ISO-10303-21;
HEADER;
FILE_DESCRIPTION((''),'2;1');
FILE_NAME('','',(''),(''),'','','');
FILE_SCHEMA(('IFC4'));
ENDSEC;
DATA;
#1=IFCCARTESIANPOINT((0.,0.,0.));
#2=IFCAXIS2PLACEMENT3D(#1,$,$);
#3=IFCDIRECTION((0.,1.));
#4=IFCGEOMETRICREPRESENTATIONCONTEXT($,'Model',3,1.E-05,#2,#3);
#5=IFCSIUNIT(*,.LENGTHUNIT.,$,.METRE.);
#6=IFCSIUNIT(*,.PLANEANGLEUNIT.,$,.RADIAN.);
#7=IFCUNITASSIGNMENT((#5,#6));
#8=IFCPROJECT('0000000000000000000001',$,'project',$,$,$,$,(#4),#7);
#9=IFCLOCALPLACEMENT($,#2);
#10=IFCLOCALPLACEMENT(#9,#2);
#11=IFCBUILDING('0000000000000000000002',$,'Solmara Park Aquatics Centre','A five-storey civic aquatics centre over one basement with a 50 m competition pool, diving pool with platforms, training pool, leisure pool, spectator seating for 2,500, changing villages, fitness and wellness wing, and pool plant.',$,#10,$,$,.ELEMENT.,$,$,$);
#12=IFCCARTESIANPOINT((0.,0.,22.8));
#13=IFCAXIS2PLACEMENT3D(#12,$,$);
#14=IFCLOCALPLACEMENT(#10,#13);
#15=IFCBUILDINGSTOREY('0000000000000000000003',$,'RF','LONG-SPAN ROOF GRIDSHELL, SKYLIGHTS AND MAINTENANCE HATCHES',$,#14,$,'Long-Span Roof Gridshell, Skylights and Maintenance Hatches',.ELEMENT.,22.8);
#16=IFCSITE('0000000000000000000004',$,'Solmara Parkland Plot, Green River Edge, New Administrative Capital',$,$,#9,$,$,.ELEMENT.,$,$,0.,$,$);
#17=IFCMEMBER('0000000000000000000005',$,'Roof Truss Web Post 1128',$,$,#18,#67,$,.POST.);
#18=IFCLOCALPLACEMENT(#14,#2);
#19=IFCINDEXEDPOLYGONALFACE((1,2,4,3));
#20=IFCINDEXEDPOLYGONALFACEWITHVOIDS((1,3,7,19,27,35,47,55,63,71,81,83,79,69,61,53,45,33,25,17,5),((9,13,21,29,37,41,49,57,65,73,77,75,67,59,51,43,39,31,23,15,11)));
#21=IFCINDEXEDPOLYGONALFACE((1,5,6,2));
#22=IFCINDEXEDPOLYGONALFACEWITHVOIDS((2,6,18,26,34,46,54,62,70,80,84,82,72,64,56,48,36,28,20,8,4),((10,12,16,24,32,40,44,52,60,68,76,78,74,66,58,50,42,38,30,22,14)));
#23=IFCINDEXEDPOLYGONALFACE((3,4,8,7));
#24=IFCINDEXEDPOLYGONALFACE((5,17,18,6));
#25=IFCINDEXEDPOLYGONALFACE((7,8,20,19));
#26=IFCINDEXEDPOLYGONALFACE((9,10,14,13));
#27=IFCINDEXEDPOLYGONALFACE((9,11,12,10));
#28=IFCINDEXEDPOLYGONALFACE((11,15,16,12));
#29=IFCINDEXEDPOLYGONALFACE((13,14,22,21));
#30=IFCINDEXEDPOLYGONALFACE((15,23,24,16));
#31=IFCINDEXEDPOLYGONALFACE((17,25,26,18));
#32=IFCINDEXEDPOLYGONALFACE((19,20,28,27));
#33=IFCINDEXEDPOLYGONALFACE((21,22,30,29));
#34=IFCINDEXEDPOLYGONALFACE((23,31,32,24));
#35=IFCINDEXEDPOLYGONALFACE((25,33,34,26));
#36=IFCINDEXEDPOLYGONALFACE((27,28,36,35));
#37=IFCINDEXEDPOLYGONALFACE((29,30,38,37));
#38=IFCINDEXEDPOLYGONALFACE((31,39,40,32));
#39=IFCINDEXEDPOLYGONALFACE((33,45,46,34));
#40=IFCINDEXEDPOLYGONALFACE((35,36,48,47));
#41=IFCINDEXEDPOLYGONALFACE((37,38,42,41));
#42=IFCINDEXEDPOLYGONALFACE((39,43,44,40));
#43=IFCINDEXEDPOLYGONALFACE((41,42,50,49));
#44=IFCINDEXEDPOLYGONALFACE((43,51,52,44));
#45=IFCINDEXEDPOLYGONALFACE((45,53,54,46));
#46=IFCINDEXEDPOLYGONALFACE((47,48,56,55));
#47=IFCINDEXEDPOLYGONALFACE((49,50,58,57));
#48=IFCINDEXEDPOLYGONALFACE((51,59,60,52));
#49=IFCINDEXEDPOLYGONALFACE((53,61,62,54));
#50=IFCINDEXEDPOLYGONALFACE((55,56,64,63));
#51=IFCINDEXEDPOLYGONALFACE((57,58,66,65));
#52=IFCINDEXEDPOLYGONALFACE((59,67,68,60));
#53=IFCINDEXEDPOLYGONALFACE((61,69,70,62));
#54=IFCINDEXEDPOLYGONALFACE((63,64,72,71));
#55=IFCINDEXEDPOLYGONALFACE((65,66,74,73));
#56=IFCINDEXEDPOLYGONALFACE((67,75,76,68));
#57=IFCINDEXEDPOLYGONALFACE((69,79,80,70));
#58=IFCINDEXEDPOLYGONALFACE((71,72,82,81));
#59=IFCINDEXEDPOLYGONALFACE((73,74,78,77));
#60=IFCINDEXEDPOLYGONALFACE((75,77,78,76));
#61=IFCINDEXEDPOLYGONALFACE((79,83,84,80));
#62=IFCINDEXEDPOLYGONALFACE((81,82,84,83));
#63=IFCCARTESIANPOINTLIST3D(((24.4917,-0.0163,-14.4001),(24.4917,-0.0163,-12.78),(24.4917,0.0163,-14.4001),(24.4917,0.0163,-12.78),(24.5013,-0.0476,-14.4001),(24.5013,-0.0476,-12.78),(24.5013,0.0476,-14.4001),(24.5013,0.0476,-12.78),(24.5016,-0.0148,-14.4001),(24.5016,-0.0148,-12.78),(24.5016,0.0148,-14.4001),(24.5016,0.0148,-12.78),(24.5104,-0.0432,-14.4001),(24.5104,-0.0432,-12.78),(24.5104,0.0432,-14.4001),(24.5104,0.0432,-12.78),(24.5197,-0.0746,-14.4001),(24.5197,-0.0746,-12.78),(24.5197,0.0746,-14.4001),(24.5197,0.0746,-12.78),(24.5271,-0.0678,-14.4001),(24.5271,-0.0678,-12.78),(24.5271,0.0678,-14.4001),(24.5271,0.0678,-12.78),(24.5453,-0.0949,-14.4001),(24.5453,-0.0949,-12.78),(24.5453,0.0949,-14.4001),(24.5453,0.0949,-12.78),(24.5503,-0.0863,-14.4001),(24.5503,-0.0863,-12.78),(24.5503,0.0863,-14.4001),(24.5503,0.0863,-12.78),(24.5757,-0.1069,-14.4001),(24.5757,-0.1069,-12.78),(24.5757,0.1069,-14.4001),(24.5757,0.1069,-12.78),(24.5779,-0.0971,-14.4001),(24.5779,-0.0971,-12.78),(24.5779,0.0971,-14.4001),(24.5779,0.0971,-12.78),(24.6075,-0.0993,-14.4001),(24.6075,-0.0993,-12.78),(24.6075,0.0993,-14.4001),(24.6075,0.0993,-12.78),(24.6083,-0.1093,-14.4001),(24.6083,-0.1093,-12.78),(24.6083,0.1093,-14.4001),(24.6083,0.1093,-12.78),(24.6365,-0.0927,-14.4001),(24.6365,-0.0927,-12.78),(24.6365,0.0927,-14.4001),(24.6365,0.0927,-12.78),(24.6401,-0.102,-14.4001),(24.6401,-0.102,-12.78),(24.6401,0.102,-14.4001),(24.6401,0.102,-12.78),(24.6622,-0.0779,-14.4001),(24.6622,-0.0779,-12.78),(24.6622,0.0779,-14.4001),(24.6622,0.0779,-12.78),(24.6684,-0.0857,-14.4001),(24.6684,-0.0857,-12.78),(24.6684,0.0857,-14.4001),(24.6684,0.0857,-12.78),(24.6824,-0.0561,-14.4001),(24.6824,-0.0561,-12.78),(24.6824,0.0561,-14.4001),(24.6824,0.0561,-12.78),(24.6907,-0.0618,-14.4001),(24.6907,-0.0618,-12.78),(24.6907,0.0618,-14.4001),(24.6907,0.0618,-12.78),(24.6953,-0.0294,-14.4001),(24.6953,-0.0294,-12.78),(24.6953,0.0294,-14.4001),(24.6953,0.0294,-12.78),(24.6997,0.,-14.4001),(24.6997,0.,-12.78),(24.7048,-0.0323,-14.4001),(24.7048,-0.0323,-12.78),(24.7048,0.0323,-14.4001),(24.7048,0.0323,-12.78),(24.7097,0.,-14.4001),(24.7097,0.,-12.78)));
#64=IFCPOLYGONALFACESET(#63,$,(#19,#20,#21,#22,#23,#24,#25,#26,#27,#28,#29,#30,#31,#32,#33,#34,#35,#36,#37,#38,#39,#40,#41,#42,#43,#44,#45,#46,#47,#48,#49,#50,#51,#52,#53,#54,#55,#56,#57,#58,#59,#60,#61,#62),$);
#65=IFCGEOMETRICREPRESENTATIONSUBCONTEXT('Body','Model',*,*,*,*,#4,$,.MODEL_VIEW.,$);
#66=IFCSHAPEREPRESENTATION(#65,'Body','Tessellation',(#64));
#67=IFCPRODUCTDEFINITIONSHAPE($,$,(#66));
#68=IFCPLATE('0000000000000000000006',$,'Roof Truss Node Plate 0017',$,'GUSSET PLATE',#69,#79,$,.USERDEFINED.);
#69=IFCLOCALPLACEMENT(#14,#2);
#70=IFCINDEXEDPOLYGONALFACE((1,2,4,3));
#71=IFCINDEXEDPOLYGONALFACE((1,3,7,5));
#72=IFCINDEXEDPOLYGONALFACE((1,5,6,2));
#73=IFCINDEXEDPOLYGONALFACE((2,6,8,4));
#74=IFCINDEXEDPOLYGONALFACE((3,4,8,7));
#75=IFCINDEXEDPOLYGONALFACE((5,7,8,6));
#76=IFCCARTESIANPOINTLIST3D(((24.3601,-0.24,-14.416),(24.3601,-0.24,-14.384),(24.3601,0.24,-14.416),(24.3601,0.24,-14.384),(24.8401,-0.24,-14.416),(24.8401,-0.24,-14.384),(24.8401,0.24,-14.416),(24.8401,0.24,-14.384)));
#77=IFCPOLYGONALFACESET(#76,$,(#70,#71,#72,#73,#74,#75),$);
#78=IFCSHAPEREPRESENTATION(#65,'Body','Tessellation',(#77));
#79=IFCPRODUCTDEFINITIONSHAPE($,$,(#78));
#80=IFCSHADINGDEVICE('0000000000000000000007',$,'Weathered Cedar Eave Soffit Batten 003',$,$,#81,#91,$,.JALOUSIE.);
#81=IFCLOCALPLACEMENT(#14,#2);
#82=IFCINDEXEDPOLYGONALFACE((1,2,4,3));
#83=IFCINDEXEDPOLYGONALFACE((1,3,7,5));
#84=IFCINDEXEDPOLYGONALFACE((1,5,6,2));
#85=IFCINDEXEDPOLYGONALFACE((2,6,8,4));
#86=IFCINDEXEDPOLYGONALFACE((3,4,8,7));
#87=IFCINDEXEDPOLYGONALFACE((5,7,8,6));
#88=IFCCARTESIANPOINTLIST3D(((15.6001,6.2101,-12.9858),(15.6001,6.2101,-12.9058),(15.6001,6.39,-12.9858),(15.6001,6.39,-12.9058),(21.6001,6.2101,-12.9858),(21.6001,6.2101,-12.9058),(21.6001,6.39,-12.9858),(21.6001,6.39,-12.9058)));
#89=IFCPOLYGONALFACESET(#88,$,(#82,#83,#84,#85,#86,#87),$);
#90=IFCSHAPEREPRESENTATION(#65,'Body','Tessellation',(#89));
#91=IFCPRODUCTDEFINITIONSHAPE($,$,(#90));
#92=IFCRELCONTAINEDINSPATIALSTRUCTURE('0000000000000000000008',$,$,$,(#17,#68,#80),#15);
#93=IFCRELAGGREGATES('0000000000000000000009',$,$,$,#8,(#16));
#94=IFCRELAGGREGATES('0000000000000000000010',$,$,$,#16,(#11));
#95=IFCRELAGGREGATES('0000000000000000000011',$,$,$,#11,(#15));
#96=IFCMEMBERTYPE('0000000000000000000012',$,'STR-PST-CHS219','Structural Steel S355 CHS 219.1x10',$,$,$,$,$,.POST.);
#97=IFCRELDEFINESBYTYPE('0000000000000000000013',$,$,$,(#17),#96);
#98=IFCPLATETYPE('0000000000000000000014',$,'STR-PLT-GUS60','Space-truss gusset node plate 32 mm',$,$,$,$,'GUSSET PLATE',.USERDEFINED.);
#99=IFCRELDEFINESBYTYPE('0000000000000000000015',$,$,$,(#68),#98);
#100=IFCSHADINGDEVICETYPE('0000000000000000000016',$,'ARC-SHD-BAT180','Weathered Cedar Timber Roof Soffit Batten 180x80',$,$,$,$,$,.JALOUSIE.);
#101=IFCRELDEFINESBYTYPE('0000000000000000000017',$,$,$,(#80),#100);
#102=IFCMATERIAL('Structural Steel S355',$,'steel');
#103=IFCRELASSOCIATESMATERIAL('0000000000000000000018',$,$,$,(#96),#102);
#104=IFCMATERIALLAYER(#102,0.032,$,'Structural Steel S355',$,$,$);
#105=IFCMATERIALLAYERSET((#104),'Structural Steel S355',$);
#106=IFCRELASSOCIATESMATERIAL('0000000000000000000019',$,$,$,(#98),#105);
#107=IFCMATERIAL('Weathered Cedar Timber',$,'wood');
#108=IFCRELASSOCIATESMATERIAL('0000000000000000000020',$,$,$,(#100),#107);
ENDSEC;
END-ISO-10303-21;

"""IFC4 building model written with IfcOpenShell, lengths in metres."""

from ifc_helpers import new_model, si_unit, direction, frame, origin, origin_2d, place, context, subcontext, project, spatial, rectangle, hollow_circle, extrude, material, layer, layer_set, material_profile, profile_set, type_object, element, save


model = new_model("IFC4")

# Units and contexts
model_context = context("Model", 3, precision=1e-05, world=origin(), true_north=direction((0.0, 1.0)))
body_context = subcontext(model_context, "Body", "Model", "MODEL_VIEW")
ifc_project = project(units=[si_unit("LENGTHUNIT", "METRE"), si_unit("PLANEANGLEUNIT", "RADIAN")], contexts=[model_context])

# Site, building, storey
site_placement = place(None, origin())
site = spatial("IfcSite", under=ifc_project, at=site_placement, Name="Solmara Parkland Plot, Green River Edge, New Administrative Capital", CompositionType="ELEMENT", RefElevation=0.0)
building_placement = place(site_placement, origin())
building = spatial("IfcBuilding", under=site, at=building_placement, Name="Solmara Park Aquatics Centre", Description="A five-storey civic aquatics centre over one basement with a 50 m competition pool, diving pool with platforms, training pool, leisure pool, spectator seating for 2,500, changing villages, fitness and wellness wing, and pool plant.", CompositionType="ELEMENT")
storey_placement = place(building_placement, frame((0.0, 0.0, 22.8)))
storey = spatial("IfcBuildingStorey", under=building, at=storey_placement, Name="RF", Description="LONG-SPAN ROOF GRIDSHELL, SKYLIGHTS AND MAINTENANCE HATCHES", LongName="Long-Span Roof Gridshell, Skylights and Maintenance Hatches", CompositionType="ELEMENT", Elevation=22.8)

# Member
ifc_material_1 = material(Name="Structural Steel S355", Category="steel")
ifc_material_profile_1 = material_profile(ifc_material_1, hollow_circle(Radius=0.1096, WallThickness=0.01, at=origin_2d()), Name="CHS 219.1x10")
ifc_profile_set_1 = profile_set([ifc_material_profile_1], Name="Structural Steel S355")
member_type_1 = type_object("IfcMemberType", Name="STR-PST-CHS219", Description="Structural Steel S355 CHS 219.1x10", PredefinedType="POST", material=ifc_profile_set_1)
for number, where, z_axis, x_axis, name in (
    (1, (24.6001, 0.0, -14.4001), (0.0, 0.0, 1.0), (1.0, 0.0, 0.0), "Roof Truss Web Post 1128"),
):
    element("IfcMember", number, at=place(storey_placement, frame(where, z_axis=z_axis, x_axis=x_axis)), inside=storey, type_object=member_type_1, Name=name, PredefinedType="POST", context=body_context, shape_type="SweptSolid", body=[
        extrude(hollow_circle(Radius=0.1096, WallThickness=0.01, at=origin_2d()), origin(), (0.0, 0.0, 1.0), 1.6201),
    ])

# Plate
ifc_layer = layer(ifc_material_1, 0.032, Name="Structural Steel S355")
ifc_layer_set = layer_set([ifc_layer], Name="Structural Steel S355")
plate_type = type_object("IfcPlateType", Name="STR-PLT-GUS60", Description="Space-truss gusset node plate 32 mm", ElementType="GUSSET PLATE", PredefinedType="USERDEFINED", material=ifc_layer_set)
plate_placement = place(storey_placement, frame((24.6001, 0.0, -14.416), z_axis=(0.0, 0.0, 1.0), x_axis=(1.0, 0.0, 0.0)))
element("IfcPlate", 2, at=plate_placement, inside=storey, type_object=plate_type, Name="Roof Truss Node Plate 0017", ObjectType="GUSSET PLATE", PredefinedType="USERDEFINED", context=body_context, shape_type="SweptSolid", body=[
    extrude(rectangle(XDim=0.48, YDim=0.48, at=origin_2d()), origin(), (0.0, 0.0, 1.0), 0.032),
])

# Shading device
ifc_material_2 = material(Name="Weathered Cedar Timber", Category="wood")
shading_device_type = type_object("IfcShadingDeviceType", Name="ARC-SHD-BAT180", Description="Weathered Cedar Timber Roof Soffit Batten 180x80", PredefinedType="JALOUSIE", material=ifc_material_2)
shading_device_placement = place(storey_placement, frame((18.6001, 6.3, -12.9858), z_axis=(0.0, 0.0, 1.0), x_axis=(1.0, 0.0, 0.0)))
element("IfcShadingDevice", 3, at=shading_device_placement, inside=storey, type_object=shading_device_type, Name="Weathered Cedar Eave Soffit Batten 003", PredefinedType="JALOUSIE", context=body_context, shape_type="SweptSolid", body=[
    extrude(rectangle(XDim=6.0, YDim=0.1799, at=origin_2d()), origin(), (0.0, 0.0, 1.0), 0.0801),
])

save(model, "model.ifc")
